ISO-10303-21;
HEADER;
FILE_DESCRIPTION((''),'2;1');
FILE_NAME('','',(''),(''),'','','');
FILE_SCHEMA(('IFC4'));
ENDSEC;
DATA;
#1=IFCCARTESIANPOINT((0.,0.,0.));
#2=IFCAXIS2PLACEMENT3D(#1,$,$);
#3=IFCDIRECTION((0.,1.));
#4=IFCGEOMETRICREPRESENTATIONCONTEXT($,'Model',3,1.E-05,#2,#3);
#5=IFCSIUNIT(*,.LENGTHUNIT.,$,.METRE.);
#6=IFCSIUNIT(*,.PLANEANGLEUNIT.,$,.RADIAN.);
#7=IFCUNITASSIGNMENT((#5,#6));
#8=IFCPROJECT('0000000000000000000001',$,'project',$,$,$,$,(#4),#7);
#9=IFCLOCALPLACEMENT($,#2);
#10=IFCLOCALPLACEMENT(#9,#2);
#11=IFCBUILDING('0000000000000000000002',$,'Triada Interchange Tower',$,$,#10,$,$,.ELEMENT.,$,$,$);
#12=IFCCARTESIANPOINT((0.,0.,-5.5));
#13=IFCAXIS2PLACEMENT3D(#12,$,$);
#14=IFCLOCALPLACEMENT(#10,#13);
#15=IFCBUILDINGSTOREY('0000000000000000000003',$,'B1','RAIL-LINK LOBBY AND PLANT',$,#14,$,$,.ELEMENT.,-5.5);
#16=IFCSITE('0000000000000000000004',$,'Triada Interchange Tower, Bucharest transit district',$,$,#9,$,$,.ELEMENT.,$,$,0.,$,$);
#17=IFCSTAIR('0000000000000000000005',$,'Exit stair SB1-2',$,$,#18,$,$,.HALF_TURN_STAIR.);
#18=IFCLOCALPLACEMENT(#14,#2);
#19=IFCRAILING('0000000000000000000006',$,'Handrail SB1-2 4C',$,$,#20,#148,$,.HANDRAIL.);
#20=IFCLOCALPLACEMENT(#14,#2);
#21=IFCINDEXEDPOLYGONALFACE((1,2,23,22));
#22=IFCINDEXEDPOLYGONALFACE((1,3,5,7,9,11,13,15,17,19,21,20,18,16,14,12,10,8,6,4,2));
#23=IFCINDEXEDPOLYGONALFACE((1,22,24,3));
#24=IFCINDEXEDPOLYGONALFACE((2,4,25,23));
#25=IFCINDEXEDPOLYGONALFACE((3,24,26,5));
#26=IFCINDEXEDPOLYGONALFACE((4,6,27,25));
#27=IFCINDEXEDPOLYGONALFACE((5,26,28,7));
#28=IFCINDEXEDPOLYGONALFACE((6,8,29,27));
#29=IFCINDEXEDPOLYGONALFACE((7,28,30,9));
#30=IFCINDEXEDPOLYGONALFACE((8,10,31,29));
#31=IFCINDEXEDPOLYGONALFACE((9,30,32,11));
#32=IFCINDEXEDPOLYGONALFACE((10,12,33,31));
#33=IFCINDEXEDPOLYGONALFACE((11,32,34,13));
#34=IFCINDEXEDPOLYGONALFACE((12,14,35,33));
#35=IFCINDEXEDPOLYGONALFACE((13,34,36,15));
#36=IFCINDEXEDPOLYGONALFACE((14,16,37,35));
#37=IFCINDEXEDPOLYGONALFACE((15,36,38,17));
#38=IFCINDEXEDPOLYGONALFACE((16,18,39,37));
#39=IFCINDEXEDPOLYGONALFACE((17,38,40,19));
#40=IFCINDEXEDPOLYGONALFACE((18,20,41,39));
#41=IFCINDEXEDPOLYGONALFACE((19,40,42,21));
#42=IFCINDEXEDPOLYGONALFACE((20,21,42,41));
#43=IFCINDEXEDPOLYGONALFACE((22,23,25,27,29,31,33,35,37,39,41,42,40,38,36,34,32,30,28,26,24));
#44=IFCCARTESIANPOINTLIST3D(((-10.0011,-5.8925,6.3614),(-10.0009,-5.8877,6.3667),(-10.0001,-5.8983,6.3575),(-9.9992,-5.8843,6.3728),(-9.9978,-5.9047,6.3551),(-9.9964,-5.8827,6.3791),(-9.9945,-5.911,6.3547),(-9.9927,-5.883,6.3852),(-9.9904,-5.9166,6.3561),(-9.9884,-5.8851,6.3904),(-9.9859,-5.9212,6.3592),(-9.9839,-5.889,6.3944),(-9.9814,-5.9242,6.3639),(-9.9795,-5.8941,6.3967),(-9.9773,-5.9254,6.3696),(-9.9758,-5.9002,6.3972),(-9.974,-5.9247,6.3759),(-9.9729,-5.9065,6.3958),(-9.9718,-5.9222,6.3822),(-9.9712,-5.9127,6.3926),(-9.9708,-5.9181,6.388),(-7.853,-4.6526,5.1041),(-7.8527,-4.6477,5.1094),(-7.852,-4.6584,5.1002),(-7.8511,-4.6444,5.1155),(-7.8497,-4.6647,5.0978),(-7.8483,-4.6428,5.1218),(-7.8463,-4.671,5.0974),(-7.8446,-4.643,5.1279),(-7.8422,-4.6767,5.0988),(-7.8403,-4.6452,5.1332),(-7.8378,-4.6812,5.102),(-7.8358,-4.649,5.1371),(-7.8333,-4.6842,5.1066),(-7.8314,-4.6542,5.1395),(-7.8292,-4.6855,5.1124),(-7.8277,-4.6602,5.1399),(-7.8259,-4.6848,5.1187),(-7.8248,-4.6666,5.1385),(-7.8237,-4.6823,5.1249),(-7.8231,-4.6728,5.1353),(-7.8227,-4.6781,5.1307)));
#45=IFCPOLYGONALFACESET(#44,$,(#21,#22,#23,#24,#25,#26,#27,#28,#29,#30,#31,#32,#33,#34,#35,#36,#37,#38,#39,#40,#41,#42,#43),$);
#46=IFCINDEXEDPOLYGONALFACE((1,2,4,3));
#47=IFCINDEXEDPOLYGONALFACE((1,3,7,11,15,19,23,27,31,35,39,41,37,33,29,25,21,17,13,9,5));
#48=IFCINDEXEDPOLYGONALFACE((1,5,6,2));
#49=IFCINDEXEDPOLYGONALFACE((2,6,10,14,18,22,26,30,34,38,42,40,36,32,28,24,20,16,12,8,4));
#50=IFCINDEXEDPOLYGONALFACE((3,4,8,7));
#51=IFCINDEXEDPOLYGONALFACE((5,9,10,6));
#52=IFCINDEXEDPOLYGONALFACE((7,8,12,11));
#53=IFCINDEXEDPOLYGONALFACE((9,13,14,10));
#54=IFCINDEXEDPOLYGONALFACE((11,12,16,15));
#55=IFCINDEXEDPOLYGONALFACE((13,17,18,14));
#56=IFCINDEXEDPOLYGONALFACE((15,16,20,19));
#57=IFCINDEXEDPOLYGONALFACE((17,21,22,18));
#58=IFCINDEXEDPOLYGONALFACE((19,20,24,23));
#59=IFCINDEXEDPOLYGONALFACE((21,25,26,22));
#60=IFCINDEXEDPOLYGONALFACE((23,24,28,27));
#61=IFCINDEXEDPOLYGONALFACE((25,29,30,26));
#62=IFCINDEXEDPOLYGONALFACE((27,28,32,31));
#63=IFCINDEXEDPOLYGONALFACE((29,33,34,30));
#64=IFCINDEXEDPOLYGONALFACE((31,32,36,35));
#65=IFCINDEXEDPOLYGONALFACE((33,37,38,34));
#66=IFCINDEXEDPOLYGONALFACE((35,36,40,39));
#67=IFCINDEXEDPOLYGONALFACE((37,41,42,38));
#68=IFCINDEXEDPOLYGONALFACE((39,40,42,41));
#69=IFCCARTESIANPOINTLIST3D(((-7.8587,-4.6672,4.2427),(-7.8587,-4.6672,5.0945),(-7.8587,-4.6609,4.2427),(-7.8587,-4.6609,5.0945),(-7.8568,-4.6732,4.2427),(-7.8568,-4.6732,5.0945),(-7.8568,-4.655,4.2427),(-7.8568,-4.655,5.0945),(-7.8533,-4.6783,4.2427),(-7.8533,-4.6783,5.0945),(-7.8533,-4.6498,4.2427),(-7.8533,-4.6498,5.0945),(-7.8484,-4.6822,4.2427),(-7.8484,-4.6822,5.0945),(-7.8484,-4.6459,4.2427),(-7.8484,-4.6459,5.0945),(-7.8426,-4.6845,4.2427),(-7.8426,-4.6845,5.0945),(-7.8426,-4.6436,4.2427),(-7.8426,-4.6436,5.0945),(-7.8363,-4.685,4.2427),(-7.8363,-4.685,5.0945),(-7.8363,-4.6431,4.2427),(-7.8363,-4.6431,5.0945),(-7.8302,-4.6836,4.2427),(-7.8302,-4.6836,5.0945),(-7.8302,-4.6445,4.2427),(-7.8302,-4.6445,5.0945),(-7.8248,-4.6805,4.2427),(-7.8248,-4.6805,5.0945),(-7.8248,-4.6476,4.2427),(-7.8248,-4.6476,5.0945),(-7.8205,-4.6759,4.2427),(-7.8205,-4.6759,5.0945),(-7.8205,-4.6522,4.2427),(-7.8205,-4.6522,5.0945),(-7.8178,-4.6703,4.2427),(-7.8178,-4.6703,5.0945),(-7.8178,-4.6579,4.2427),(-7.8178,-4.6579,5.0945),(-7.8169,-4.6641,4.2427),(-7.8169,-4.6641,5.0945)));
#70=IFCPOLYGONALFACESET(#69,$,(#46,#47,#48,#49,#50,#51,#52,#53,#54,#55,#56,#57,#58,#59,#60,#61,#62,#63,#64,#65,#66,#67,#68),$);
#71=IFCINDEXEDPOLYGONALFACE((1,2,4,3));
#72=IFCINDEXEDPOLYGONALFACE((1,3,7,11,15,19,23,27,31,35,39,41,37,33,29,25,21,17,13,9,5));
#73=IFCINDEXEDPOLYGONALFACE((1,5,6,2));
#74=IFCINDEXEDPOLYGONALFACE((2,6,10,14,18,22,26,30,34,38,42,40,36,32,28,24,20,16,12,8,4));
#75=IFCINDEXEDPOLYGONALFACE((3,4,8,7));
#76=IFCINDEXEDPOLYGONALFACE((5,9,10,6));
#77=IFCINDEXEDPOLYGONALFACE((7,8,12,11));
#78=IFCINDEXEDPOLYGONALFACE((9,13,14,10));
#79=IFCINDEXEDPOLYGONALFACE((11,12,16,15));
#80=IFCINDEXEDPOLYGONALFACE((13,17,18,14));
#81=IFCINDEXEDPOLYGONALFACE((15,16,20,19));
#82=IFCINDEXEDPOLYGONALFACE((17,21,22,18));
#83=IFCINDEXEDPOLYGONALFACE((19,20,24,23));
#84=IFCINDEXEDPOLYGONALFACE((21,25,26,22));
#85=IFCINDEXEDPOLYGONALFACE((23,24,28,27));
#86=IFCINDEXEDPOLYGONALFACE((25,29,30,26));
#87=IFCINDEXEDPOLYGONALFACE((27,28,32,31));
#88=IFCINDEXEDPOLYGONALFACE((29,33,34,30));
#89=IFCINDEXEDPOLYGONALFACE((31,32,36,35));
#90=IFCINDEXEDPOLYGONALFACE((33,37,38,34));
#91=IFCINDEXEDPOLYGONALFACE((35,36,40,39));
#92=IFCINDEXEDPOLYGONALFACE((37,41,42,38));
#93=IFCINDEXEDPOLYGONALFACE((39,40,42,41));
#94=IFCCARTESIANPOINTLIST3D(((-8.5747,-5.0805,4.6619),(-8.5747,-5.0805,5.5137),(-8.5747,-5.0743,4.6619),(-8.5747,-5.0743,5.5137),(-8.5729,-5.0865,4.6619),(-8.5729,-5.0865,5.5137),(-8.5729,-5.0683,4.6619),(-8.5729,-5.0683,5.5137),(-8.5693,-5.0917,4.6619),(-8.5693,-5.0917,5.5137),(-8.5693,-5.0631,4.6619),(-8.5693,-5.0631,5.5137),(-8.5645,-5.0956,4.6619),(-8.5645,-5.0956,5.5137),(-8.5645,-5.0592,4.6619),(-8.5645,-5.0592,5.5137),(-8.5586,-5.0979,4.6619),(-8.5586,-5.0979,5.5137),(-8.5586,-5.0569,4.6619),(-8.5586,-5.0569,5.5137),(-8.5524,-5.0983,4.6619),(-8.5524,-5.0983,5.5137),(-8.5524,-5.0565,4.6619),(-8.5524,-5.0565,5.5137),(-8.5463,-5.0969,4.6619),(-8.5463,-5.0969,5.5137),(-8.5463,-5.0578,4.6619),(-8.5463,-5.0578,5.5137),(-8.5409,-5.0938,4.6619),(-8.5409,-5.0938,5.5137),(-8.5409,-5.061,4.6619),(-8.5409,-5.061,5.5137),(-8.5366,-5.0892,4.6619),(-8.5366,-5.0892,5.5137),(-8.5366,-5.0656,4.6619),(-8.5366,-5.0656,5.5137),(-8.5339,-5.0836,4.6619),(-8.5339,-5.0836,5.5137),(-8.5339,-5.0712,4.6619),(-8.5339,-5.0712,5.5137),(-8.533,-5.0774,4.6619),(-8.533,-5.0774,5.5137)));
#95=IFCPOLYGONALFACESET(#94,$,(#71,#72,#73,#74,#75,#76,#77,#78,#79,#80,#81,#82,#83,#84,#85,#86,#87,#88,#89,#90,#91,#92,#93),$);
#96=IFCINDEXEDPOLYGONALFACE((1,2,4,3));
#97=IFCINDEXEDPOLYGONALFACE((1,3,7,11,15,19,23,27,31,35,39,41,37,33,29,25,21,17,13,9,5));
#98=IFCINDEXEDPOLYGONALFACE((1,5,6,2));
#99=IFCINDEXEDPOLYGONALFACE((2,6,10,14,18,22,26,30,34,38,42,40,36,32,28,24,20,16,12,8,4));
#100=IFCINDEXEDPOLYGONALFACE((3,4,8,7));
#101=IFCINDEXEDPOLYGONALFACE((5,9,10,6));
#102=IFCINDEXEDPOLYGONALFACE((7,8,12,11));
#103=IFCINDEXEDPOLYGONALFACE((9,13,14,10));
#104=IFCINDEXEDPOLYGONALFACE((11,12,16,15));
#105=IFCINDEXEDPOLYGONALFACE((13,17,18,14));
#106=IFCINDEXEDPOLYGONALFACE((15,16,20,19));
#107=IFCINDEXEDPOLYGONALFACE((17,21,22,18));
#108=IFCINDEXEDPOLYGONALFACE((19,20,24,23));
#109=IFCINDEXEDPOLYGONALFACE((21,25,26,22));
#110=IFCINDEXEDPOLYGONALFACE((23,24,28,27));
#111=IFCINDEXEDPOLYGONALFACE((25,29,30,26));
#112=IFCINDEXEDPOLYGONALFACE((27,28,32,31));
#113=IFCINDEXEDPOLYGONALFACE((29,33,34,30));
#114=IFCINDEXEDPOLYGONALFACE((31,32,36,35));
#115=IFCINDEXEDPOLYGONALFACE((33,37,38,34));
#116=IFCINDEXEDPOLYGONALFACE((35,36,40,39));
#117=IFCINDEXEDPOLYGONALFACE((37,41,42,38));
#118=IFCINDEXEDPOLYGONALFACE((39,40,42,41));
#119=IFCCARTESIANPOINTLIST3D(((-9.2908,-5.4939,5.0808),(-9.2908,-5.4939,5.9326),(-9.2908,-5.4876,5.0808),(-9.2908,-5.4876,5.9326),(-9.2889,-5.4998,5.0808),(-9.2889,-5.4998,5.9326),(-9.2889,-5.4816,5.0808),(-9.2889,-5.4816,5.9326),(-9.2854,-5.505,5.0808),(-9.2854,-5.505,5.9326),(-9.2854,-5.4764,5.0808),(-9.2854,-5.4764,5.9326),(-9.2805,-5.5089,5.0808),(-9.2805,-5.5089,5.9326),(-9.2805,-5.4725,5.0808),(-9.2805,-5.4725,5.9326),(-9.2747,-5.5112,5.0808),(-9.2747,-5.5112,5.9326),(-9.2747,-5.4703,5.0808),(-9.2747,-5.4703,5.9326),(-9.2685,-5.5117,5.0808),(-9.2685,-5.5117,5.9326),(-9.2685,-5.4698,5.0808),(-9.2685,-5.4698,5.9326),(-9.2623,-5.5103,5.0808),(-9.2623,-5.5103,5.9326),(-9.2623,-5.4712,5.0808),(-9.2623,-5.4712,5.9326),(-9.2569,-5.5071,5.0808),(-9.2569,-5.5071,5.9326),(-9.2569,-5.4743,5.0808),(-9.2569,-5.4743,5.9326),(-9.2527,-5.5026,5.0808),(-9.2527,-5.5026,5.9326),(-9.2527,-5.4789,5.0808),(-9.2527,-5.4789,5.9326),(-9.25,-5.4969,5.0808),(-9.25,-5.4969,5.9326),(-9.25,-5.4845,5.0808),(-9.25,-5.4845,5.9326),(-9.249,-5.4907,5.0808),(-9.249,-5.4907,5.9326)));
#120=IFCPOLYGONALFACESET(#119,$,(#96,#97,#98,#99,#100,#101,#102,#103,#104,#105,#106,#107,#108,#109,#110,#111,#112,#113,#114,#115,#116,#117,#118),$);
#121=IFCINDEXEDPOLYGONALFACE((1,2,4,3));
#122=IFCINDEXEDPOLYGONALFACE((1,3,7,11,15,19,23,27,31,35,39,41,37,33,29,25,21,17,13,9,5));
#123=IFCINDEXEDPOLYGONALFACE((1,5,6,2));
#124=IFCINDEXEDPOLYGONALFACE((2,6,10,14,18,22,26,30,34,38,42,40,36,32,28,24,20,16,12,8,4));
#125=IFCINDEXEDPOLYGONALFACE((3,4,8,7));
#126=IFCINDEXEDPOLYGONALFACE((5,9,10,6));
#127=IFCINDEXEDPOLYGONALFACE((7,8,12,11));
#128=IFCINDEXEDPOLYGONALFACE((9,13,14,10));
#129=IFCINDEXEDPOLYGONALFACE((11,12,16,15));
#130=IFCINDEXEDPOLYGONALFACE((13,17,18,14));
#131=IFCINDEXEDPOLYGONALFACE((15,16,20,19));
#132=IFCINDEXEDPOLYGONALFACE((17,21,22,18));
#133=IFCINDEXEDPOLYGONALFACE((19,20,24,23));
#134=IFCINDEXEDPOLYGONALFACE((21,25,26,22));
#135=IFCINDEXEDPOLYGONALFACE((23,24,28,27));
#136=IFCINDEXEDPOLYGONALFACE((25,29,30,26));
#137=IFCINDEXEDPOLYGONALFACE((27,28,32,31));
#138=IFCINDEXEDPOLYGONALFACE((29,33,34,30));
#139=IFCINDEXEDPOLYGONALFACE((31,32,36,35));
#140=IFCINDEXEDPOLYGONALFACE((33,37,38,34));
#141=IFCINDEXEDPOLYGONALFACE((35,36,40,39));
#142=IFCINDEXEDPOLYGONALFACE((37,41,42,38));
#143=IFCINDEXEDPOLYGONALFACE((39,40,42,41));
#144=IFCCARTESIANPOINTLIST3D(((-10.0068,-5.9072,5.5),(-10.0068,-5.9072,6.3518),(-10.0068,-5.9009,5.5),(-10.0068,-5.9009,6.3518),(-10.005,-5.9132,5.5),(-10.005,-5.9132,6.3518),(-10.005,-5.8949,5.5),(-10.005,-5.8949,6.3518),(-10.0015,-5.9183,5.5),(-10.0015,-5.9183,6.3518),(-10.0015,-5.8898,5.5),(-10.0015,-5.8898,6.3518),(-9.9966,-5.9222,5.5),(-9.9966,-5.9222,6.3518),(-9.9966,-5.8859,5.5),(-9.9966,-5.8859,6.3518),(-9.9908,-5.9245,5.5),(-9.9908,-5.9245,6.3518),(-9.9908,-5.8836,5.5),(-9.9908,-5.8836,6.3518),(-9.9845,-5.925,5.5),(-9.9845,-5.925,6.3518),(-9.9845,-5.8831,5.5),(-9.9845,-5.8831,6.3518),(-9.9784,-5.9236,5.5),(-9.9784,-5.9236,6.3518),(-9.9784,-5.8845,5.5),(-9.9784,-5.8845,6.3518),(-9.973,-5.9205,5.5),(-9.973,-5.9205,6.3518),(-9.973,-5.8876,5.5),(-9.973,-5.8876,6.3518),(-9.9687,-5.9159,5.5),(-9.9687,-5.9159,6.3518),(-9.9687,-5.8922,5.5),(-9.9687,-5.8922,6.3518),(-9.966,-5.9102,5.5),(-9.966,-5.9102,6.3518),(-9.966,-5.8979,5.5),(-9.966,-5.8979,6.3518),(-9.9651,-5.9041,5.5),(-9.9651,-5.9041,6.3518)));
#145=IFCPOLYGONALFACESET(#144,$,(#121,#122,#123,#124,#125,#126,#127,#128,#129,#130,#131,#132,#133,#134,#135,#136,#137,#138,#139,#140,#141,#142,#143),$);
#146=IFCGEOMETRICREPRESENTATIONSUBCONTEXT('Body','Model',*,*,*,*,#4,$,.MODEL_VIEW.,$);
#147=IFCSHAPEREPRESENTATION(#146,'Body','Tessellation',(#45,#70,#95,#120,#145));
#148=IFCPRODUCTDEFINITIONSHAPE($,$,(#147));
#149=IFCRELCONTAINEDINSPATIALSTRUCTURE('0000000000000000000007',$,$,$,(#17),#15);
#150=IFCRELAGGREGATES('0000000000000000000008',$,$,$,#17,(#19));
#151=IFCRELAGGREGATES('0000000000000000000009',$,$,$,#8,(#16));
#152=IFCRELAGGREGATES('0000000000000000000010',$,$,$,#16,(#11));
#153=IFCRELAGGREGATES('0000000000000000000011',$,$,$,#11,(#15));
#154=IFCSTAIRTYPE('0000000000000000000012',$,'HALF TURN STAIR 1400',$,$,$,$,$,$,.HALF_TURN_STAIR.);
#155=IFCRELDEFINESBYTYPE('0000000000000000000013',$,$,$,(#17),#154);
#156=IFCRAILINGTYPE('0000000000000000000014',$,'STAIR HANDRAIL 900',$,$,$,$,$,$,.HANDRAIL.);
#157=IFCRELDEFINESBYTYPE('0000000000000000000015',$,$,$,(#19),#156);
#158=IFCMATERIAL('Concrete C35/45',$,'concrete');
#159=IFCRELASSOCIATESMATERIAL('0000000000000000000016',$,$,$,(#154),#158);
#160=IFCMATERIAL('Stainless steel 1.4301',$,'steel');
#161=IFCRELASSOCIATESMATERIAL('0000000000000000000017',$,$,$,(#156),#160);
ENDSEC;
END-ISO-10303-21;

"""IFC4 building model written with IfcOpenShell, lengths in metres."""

from ifc_helpers import new_model, si_unit, direction, frame, origin, origin_2d, place, context, subcontext, project, spatial, circle, extrude, material, type_object, element, aggregate, save


model = new_model("IFC4")

# Units and contexts
model_context = context("Model", 3, precision=1e-05, world=origin(), true_north=direction((0.0, 1.0)))
body_context = subcontext(model_context, "Body", "Model", "MODEL_VIEW")
ifc_project = project(units=[si_unit("LENGTHUNIT", "METRE"), si_unit("PLANEANGLEUNIT", "RADIAN")], contexts=[model_context])

# Site, building, storey
site_placement = place(None, origin())
site = spatial("IfcSite", under=ifc_project, at=site_placement, Name="Triada Interchange Tower, Bucharest transit district", CompositionType="ELEMENT", RefElevation=0.0)
building_placement = place(site_placement, origin())
building = spatial("IfcBuilding", under=site, at=building_placement, Name="Triada Interchange Tower", CompositionType="ELEMENT")
storey_placement = place(building_placement, frame((0.0, 0.0, -5.5)))
storey = spatial("IfcBuildingStorey", under=building, at=storey_placement, Name="B1", Description="RAIL-LINK LOBBY AND PLANT", CompositionType="ELEMENT", Elevation=-5.5)

# Shared definitions
ifc_material_1 = material(Name="Concrete C35/45", Category="concrete")

# Stair, railing
stair_type = type_object("IfcStairType", Name="HALF TURN STAIR 1400", PredefinedType="HALF_TURN_STAIR", material=ifc_material_1)
stair_placement = place(storey_placement, origin())
stair = element("IfcStair", 1, at=stair_placement, inside=storey, type_object=stair_type, Name="Exit stair SB1-2", PredefinedType="HALF_TURN_STAIR")
ifc_material_2 = material(Name="Stainless steel 1.4301", Category="steel")
railing_type_1 = type_object("IfcRailingType", Name="STAIR HANDRAIL 900", PredefinedType="HANDRAIL", material=ifc_material_2)
railing_1_placement = place(storey_placement, frame((-7.8379, -4.6641, 4.2427)))
railing_1 = element("IfcRailing", 2, at=railing_1_placement, type_object=railing_type_1, Name="Handrail SB1-2 4C", PredefinedType="HANDRAIL", context=body_context, shape_type="SweptSolid", body=[
    extrude(circle(Radius=0.0239, at=origin_2d()), frame((0.0, 0.0, 0.876), z_axis=(-0.772493, -0.445902, 0.452135), x_axis=(0.499918, -0.866072, 0.0)), (0.0, 0.0, 1.0), 2.7808),
    extrude(circle(Radius=0.021, at=origin_2d()), origin(), (0.0, 0.0, 1.0), 0.8518),
    extrude(circle(Radius=0.021, at=origin_2d()), frame((-0.7161, -0.4133, 0.4192)), (0.0, 0.0, 1.0), 0.8518),
    extrude(circle(Radius=0.021, at=origin_2d()), frame((-1.4321, -0.8267, 0.8381)), (0.0, 0.0, 1.0), 0.8518),
    extrude(circle(Radius=0.021, at=origin_2d()), frame((-2.1482, -1.24, 1.2573)), (0.0, 0.0, 1.0), 0.8518),
])
aggregate(stair, [railing_1])

save(model, "model.ifc")
